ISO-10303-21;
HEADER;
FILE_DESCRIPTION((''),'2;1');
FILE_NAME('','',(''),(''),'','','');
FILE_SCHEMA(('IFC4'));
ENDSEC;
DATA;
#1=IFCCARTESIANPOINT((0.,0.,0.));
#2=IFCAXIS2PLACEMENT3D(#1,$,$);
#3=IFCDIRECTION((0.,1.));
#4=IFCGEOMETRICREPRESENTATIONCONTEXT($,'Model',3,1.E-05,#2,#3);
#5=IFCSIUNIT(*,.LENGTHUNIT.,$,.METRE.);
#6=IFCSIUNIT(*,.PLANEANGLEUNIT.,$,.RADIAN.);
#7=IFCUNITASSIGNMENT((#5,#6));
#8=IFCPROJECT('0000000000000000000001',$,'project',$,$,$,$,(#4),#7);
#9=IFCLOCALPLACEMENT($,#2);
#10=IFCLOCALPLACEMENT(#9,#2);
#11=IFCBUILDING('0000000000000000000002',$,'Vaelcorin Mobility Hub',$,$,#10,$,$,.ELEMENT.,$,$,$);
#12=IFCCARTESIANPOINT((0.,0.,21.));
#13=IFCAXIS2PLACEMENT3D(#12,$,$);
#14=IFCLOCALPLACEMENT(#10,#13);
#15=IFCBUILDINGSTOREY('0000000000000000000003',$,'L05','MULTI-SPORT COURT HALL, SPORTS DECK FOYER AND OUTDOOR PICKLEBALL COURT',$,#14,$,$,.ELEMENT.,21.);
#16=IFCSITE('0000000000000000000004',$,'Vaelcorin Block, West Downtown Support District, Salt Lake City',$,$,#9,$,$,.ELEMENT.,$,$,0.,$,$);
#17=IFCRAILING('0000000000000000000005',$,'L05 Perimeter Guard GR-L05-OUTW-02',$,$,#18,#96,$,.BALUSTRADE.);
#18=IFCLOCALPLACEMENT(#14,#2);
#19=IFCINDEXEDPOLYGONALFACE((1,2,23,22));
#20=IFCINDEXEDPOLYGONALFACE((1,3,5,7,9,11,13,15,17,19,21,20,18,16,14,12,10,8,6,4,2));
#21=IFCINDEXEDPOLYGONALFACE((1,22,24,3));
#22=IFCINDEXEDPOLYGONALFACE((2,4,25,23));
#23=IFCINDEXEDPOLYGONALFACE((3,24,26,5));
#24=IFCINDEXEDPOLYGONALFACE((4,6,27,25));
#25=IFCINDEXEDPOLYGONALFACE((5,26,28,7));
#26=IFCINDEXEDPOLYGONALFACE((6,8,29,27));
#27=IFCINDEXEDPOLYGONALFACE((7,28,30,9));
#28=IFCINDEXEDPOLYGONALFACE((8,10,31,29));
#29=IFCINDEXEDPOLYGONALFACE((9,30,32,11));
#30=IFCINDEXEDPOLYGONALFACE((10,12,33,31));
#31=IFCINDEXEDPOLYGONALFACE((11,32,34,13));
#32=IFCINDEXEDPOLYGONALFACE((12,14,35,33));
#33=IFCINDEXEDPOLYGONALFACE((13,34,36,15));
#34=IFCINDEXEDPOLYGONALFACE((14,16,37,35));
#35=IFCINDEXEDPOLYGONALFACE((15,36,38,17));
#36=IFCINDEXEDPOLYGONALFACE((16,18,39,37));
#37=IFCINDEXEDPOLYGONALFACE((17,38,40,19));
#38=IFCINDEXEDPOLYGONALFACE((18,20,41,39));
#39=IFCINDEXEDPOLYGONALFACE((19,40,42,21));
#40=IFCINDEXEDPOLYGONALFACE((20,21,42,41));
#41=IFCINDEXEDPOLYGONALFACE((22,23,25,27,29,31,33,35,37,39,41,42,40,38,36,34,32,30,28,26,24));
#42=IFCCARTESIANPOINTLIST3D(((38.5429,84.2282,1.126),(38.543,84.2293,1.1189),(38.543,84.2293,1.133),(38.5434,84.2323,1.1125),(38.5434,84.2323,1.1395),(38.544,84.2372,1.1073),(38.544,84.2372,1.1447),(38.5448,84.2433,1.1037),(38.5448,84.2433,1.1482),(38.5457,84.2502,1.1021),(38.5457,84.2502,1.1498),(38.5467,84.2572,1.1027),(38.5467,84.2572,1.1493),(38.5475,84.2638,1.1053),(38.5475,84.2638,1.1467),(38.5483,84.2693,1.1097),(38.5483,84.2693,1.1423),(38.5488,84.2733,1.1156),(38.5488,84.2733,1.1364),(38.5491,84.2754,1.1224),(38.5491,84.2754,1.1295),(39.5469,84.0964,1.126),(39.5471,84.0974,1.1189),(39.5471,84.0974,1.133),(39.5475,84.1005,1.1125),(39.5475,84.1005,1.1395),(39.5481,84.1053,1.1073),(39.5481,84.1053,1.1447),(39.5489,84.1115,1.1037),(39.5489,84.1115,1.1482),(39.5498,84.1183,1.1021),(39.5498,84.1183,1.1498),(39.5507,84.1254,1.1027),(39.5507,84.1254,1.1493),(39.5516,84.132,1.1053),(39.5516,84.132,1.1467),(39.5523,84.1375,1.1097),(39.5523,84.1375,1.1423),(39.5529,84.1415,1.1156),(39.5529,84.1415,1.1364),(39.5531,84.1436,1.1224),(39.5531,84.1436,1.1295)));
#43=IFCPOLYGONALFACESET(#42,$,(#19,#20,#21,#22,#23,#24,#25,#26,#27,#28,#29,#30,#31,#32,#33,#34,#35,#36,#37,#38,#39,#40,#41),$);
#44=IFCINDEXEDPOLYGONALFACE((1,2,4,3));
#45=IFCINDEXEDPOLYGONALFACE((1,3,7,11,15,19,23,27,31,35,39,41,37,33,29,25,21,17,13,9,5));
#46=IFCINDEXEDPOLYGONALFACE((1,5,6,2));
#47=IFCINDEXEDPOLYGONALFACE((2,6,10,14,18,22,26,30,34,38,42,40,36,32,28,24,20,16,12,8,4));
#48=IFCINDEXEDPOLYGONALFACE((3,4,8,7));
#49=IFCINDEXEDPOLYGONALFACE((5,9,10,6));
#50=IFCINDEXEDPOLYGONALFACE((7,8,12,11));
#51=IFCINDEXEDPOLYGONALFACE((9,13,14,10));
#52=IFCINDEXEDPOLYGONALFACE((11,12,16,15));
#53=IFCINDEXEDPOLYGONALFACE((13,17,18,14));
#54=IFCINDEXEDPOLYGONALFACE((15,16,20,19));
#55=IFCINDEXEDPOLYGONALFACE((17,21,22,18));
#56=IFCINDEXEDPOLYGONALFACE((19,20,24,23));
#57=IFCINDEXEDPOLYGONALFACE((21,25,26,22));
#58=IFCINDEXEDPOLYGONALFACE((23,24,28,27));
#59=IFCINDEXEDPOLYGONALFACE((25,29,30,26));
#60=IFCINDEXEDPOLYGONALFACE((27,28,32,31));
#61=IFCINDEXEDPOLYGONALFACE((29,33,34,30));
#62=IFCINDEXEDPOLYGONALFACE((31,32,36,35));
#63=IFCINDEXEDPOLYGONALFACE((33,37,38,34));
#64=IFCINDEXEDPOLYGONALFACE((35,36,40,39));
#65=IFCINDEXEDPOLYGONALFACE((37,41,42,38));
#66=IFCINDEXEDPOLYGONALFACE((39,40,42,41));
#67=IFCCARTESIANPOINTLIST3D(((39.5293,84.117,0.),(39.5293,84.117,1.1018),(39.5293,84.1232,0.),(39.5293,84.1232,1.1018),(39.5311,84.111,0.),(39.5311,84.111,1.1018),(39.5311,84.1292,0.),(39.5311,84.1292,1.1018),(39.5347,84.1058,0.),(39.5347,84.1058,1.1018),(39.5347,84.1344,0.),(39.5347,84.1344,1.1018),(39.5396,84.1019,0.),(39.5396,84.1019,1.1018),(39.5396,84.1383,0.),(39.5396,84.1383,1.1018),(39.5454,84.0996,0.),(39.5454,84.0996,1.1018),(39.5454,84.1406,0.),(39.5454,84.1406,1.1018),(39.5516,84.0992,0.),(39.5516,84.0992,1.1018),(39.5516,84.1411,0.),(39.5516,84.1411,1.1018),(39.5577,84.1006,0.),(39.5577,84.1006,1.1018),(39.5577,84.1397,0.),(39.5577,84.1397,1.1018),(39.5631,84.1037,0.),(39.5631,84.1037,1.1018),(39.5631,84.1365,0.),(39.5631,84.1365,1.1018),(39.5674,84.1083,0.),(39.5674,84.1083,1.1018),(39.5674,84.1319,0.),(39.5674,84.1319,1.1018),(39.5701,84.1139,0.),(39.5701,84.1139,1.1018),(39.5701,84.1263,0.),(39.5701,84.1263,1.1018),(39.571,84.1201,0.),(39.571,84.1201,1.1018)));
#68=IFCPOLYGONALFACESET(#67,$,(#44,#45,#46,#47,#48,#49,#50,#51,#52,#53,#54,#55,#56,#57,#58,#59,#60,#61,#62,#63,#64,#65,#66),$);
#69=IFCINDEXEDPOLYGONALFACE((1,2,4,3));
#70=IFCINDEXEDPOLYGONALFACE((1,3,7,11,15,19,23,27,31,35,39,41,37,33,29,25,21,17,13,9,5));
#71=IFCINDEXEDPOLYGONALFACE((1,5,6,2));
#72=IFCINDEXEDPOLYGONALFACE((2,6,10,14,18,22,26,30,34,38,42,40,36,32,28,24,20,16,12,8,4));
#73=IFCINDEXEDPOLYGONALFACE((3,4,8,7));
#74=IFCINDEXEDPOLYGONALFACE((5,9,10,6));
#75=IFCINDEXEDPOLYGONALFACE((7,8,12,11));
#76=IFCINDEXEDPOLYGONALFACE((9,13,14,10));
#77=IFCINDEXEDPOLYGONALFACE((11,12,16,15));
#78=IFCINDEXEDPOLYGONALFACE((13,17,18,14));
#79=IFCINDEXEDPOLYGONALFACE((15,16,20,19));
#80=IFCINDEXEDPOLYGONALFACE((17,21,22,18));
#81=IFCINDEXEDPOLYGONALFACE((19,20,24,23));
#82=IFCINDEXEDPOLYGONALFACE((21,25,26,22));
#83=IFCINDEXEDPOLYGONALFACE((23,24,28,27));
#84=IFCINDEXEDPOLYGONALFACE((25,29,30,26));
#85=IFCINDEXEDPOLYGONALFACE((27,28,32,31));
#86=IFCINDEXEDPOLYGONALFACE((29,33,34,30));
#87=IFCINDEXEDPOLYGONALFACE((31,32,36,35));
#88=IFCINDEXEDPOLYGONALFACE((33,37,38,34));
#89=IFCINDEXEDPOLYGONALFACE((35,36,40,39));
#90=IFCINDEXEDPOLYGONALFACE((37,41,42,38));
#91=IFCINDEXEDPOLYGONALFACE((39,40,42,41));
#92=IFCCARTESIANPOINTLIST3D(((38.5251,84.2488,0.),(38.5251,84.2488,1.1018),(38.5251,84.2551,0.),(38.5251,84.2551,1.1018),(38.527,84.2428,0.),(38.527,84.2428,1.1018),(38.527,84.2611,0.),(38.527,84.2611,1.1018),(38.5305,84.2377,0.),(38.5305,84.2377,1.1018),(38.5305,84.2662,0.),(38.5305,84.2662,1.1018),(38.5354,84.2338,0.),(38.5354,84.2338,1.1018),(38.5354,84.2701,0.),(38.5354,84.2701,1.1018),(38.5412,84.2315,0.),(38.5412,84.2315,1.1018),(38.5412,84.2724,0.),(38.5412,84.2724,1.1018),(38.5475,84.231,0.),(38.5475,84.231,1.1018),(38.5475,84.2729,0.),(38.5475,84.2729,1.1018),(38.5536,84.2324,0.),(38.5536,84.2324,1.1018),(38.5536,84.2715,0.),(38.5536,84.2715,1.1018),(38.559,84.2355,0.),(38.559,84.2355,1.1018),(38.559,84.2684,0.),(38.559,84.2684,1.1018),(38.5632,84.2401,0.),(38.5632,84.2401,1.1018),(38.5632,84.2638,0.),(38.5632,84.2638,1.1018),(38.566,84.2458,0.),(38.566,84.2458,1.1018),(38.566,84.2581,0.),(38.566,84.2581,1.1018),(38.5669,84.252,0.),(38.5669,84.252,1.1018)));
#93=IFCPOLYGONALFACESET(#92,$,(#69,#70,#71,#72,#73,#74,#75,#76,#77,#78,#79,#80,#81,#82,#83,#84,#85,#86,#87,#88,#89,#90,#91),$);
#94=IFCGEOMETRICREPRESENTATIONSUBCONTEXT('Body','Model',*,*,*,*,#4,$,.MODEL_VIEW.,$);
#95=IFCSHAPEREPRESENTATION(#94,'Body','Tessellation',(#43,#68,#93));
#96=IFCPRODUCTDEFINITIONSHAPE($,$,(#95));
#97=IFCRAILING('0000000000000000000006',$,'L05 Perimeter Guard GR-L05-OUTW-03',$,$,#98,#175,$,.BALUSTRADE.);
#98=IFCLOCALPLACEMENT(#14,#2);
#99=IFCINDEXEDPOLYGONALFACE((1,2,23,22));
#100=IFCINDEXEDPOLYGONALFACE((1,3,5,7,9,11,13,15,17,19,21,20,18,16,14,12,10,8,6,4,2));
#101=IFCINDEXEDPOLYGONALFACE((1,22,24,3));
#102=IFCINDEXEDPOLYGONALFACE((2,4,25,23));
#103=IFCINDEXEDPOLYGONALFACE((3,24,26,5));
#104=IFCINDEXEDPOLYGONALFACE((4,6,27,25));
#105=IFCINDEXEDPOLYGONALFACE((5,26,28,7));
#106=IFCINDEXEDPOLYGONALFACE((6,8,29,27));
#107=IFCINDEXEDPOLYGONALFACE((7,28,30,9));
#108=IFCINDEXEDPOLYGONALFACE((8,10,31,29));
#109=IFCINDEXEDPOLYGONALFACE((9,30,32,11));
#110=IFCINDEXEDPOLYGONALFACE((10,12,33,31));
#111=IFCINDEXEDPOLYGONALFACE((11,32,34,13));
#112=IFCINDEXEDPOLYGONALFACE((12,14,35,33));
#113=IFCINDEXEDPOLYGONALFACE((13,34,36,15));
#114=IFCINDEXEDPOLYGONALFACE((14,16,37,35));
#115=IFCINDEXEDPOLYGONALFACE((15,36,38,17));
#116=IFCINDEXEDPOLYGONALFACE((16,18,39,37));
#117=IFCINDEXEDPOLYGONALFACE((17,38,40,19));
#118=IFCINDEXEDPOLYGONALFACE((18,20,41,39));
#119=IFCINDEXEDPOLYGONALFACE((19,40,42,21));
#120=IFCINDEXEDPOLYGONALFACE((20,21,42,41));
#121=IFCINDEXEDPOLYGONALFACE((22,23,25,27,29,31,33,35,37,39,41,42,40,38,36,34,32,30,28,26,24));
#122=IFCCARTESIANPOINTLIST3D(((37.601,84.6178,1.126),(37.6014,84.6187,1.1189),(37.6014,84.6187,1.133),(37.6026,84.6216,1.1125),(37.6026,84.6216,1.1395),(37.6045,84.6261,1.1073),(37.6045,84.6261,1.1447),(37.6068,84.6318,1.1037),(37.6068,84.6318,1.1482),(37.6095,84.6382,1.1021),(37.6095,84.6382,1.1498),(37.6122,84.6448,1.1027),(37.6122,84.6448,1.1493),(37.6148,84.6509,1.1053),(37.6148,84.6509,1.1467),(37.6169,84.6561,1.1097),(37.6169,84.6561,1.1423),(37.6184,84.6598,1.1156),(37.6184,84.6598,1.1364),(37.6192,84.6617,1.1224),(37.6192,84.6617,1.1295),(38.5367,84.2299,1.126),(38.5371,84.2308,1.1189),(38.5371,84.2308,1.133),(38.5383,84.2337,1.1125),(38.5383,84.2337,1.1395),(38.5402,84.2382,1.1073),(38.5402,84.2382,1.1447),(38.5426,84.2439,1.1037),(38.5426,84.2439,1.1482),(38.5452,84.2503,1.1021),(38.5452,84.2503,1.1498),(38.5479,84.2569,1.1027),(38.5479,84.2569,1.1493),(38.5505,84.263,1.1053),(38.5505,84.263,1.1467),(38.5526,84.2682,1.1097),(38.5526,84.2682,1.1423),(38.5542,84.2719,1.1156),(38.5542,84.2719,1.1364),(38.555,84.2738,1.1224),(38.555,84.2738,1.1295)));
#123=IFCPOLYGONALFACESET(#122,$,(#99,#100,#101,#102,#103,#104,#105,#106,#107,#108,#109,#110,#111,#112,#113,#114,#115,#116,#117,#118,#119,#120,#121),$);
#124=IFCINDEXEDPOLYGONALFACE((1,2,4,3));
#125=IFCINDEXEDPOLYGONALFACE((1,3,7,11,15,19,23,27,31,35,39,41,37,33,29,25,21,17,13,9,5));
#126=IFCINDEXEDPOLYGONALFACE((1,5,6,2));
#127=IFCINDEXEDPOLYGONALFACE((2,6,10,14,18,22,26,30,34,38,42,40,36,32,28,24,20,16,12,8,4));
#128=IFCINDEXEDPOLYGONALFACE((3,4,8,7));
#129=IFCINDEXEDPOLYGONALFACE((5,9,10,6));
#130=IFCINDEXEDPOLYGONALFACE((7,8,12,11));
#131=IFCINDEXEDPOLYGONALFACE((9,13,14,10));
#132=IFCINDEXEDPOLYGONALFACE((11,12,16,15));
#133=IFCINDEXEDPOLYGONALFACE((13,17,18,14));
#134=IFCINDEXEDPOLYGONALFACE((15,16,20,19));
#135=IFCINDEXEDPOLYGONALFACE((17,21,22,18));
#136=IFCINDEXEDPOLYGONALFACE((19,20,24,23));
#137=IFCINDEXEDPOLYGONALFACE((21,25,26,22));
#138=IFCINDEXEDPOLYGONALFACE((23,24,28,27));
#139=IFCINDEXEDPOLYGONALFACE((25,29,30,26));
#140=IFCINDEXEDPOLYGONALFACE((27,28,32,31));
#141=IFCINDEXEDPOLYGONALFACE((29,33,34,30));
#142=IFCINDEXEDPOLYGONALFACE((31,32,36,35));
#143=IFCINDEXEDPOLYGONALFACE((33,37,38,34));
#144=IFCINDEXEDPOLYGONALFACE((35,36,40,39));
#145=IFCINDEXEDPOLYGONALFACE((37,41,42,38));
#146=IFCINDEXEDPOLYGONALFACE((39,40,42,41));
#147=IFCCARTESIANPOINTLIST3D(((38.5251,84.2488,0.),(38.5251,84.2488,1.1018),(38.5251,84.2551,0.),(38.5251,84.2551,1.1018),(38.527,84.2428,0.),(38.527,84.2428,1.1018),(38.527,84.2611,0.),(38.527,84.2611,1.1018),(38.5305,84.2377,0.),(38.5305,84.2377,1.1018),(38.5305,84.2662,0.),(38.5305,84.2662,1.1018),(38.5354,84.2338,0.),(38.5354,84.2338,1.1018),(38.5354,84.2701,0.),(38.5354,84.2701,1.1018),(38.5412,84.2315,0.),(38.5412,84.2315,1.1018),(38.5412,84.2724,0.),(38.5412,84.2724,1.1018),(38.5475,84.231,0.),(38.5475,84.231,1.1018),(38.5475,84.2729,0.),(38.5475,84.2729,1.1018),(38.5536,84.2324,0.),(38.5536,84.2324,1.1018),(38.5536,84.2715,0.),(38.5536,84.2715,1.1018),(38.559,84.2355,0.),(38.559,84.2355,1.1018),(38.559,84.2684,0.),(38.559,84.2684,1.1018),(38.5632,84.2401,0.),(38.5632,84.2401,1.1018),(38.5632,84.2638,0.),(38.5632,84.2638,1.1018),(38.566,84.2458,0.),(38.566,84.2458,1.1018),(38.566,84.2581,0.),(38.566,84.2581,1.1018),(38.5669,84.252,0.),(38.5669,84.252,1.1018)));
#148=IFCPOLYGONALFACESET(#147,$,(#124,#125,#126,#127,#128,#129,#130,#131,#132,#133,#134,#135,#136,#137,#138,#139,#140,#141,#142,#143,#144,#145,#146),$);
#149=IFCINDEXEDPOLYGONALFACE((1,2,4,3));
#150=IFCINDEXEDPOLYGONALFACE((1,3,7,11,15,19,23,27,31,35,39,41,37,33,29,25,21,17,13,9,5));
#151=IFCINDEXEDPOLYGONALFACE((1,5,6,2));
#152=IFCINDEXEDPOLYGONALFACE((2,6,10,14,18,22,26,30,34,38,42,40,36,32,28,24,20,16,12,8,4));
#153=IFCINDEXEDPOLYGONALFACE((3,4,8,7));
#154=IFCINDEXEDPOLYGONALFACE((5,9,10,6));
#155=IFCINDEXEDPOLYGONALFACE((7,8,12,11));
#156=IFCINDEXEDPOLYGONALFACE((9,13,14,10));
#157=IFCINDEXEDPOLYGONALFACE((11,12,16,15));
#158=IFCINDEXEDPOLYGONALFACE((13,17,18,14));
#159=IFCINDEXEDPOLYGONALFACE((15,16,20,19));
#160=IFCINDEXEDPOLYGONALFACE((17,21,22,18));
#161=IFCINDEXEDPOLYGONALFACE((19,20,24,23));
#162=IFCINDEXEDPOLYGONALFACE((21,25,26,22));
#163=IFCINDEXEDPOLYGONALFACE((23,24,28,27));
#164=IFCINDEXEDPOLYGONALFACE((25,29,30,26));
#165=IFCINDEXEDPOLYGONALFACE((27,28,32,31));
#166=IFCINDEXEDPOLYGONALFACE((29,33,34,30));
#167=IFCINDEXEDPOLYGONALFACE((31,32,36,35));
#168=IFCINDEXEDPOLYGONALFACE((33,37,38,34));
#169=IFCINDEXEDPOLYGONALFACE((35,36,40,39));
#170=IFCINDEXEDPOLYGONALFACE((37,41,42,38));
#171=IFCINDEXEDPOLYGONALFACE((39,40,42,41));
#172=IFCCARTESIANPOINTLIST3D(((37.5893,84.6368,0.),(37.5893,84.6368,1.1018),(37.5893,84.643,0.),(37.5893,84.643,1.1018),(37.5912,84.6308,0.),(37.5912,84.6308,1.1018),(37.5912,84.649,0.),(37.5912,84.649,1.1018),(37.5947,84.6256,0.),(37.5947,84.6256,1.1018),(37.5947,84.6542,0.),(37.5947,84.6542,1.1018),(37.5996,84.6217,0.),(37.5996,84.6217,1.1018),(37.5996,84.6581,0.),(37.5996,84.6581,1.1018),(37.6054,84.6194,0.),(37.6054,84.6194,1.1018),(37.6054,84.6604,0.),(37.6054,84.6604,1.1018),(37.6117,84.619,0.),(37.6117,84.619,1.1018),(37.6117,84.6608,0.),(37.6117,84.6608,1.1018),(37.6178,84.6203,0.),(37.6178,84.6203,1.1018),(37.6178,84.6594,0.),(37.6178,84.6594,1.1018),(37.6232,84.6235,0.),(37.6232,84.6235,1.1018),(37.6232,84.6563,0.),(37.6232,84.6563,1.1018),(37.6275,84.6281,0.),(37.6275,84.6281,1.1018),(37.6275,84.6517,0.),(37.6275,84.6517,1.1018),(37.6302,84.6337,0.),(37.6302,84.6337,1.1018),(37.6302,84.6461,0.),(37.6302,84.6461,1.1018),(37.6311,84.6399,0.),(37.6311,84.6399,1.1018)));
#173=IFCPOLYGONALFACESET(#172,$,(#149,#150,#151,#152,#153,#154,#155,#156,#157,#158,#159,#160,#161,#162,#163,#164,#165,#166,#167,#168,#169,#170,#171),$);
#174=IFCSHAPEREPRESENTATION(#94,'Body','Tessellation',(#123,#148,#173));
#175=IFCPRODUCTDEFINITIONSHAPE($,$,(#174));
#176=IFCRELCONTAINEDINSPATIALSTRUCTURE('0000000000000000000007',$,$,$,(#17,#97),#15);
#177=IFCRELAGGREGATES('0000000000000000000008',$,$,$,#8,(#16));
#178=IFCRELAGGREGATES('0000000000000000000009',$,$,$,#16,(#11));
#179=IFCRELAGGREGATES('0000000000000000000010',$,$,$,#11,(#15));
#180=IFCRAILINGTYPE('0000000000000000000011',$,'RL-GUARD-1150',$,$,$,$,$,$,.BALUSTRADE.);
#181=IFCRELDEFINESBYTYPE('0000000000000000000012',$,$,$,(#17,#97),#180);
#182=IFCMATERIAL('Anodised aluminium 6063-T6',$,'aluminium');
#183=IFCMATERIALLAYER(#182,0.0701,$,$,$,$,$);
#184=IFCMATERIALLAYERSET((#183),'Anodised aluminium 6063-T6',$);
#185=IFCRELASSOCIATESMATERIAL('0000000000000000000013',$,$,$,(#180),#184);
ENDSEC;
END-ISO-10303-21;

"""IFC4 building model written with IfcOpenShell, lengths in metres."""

from ifc_helpers import new_model, si_unit, direction, frame, origin, origin_2d, place, context, subcontext, project, spatial, circle, extrude, material, layer, layer_set, type_object, element, save


model = new_model("IFC4")

# Units and contexts
model_context = context("Model", 3, precision=1e-05, world=origin(), true_north=direction((0.0, 1.0)))
body_context = subcontext(model_context, "Body", "Model", "MODEL_VIEW")
ifc_project = project(units=[si_unit("LENGTHUNIT", "METRE"), si_unit("PLANEANGLEUNIT", "RADIAN")], contexts=[model_context])

# Site, building, storey
site_placement = place(None, origin())
site = spatial("IfcSite", under=ifc_project, at=site_placement, Name="Vaelcorin Block, West Downtown Support District, Salt Lake City", CompositionType="ELEMENT", RefElevation=0.0)
building_placement = place(site_placement, origin())
building = spatial("IfcBuilding", under=site, at=building_placement, Name="Vaelcorin Mobility Hub", CompositionType="ELEMENT")
storey_placement = place(building_placement, frame((0.0, 0.0, 21.0)))
storey = spatial("IfcBuildingStorey", under=building, at=storey_placement, Name="L05", Description="MULTI-SPORT COURT HALL, SPORTS DECK FOYER AND OUTDOOR PICKLEBALL COURT", CompositionType="ELEMENT", Elevation=21.0)

# Shared definitions
ifc_material_1 = material(Name="Anodised aluminium 6063-T6", Category="aluminium")

# Railings
ifc_layer_1 = layer(ifc_material_1, 0.0701)
ifc_layer_set_1 = layer_set([ifc_layer_1], Name="Anodised aluminium 6063-T6")
railing_type = type_object("IfcRailingType", Name="RL-GUARD-1150", PredefinedType="BALUSTRADE", material=ifc_layer_set_1)
railing_1_placement = place(storey_placement, frame((39.55, 84.1201, 0.0)))
element("IfcRailing", 1, at=railing_1_placement, inside=storey, type_object=railing_type, Name="L05 Perimeter Guard GR-L05-OUTW-02", PredefinedType="BALUSTRADE", context=body_context, shape_type="SweptSolid", body=[
    extrude(circle(Radius=0.0239, at=origin_2d()), frame((0.0, 0.0, 1.126), z_axis=(-0.991491, 0.130174, 0.0), x_axis=(-0.130174, -0.991491, 0.0)), (0.0, 0.0, 1.0), 1.0127),
    extrude(circle(Radius=0.021, at=origin_2d()), origin(), (0.0, 0.0, 1.0), 1.1018),
    extrude(circle(Radius=0.021, at=origin_2d()), frame((-1.0042, 0.1318, 0.0)), (0.0, 0.0, 1.0), 1.1018),
])
railing_2_placement = place(storey_placement, frame((38.5459, 84.252, 0.0)))
element("IfcRailing", 2, at=railing_2_placement, inside=storey, type_object=railing_type, Name="L05 Perimeter Guard GR-L05-OUTW-03", PredefinedType="BALUSTRADE", context=body_context, shape_type="SweptSolid", body=[
    extrude(circle(Radius=0.0239, at=origin_2d()), frame((0.0, 0.0, 1.126), z_axis=(-0.923767, 0.382955, 0.0), x_axis=(-0.382955, -0.923767, 0.0)), (0.0, 0.0, 1.0), 1.0129),
    extrude(circle(Radius=0.021, at=origin_2d()), origin(), (0.0, 0.0, 1.0), 1.1018),
    extrude(circle(Radius=0.021, at=origin_2d()), frame((-0.9358, 0.3879, 0.0)), (0.0, 0.0, 1.0), 1.1018),
])

save(model, "model.ifc")
